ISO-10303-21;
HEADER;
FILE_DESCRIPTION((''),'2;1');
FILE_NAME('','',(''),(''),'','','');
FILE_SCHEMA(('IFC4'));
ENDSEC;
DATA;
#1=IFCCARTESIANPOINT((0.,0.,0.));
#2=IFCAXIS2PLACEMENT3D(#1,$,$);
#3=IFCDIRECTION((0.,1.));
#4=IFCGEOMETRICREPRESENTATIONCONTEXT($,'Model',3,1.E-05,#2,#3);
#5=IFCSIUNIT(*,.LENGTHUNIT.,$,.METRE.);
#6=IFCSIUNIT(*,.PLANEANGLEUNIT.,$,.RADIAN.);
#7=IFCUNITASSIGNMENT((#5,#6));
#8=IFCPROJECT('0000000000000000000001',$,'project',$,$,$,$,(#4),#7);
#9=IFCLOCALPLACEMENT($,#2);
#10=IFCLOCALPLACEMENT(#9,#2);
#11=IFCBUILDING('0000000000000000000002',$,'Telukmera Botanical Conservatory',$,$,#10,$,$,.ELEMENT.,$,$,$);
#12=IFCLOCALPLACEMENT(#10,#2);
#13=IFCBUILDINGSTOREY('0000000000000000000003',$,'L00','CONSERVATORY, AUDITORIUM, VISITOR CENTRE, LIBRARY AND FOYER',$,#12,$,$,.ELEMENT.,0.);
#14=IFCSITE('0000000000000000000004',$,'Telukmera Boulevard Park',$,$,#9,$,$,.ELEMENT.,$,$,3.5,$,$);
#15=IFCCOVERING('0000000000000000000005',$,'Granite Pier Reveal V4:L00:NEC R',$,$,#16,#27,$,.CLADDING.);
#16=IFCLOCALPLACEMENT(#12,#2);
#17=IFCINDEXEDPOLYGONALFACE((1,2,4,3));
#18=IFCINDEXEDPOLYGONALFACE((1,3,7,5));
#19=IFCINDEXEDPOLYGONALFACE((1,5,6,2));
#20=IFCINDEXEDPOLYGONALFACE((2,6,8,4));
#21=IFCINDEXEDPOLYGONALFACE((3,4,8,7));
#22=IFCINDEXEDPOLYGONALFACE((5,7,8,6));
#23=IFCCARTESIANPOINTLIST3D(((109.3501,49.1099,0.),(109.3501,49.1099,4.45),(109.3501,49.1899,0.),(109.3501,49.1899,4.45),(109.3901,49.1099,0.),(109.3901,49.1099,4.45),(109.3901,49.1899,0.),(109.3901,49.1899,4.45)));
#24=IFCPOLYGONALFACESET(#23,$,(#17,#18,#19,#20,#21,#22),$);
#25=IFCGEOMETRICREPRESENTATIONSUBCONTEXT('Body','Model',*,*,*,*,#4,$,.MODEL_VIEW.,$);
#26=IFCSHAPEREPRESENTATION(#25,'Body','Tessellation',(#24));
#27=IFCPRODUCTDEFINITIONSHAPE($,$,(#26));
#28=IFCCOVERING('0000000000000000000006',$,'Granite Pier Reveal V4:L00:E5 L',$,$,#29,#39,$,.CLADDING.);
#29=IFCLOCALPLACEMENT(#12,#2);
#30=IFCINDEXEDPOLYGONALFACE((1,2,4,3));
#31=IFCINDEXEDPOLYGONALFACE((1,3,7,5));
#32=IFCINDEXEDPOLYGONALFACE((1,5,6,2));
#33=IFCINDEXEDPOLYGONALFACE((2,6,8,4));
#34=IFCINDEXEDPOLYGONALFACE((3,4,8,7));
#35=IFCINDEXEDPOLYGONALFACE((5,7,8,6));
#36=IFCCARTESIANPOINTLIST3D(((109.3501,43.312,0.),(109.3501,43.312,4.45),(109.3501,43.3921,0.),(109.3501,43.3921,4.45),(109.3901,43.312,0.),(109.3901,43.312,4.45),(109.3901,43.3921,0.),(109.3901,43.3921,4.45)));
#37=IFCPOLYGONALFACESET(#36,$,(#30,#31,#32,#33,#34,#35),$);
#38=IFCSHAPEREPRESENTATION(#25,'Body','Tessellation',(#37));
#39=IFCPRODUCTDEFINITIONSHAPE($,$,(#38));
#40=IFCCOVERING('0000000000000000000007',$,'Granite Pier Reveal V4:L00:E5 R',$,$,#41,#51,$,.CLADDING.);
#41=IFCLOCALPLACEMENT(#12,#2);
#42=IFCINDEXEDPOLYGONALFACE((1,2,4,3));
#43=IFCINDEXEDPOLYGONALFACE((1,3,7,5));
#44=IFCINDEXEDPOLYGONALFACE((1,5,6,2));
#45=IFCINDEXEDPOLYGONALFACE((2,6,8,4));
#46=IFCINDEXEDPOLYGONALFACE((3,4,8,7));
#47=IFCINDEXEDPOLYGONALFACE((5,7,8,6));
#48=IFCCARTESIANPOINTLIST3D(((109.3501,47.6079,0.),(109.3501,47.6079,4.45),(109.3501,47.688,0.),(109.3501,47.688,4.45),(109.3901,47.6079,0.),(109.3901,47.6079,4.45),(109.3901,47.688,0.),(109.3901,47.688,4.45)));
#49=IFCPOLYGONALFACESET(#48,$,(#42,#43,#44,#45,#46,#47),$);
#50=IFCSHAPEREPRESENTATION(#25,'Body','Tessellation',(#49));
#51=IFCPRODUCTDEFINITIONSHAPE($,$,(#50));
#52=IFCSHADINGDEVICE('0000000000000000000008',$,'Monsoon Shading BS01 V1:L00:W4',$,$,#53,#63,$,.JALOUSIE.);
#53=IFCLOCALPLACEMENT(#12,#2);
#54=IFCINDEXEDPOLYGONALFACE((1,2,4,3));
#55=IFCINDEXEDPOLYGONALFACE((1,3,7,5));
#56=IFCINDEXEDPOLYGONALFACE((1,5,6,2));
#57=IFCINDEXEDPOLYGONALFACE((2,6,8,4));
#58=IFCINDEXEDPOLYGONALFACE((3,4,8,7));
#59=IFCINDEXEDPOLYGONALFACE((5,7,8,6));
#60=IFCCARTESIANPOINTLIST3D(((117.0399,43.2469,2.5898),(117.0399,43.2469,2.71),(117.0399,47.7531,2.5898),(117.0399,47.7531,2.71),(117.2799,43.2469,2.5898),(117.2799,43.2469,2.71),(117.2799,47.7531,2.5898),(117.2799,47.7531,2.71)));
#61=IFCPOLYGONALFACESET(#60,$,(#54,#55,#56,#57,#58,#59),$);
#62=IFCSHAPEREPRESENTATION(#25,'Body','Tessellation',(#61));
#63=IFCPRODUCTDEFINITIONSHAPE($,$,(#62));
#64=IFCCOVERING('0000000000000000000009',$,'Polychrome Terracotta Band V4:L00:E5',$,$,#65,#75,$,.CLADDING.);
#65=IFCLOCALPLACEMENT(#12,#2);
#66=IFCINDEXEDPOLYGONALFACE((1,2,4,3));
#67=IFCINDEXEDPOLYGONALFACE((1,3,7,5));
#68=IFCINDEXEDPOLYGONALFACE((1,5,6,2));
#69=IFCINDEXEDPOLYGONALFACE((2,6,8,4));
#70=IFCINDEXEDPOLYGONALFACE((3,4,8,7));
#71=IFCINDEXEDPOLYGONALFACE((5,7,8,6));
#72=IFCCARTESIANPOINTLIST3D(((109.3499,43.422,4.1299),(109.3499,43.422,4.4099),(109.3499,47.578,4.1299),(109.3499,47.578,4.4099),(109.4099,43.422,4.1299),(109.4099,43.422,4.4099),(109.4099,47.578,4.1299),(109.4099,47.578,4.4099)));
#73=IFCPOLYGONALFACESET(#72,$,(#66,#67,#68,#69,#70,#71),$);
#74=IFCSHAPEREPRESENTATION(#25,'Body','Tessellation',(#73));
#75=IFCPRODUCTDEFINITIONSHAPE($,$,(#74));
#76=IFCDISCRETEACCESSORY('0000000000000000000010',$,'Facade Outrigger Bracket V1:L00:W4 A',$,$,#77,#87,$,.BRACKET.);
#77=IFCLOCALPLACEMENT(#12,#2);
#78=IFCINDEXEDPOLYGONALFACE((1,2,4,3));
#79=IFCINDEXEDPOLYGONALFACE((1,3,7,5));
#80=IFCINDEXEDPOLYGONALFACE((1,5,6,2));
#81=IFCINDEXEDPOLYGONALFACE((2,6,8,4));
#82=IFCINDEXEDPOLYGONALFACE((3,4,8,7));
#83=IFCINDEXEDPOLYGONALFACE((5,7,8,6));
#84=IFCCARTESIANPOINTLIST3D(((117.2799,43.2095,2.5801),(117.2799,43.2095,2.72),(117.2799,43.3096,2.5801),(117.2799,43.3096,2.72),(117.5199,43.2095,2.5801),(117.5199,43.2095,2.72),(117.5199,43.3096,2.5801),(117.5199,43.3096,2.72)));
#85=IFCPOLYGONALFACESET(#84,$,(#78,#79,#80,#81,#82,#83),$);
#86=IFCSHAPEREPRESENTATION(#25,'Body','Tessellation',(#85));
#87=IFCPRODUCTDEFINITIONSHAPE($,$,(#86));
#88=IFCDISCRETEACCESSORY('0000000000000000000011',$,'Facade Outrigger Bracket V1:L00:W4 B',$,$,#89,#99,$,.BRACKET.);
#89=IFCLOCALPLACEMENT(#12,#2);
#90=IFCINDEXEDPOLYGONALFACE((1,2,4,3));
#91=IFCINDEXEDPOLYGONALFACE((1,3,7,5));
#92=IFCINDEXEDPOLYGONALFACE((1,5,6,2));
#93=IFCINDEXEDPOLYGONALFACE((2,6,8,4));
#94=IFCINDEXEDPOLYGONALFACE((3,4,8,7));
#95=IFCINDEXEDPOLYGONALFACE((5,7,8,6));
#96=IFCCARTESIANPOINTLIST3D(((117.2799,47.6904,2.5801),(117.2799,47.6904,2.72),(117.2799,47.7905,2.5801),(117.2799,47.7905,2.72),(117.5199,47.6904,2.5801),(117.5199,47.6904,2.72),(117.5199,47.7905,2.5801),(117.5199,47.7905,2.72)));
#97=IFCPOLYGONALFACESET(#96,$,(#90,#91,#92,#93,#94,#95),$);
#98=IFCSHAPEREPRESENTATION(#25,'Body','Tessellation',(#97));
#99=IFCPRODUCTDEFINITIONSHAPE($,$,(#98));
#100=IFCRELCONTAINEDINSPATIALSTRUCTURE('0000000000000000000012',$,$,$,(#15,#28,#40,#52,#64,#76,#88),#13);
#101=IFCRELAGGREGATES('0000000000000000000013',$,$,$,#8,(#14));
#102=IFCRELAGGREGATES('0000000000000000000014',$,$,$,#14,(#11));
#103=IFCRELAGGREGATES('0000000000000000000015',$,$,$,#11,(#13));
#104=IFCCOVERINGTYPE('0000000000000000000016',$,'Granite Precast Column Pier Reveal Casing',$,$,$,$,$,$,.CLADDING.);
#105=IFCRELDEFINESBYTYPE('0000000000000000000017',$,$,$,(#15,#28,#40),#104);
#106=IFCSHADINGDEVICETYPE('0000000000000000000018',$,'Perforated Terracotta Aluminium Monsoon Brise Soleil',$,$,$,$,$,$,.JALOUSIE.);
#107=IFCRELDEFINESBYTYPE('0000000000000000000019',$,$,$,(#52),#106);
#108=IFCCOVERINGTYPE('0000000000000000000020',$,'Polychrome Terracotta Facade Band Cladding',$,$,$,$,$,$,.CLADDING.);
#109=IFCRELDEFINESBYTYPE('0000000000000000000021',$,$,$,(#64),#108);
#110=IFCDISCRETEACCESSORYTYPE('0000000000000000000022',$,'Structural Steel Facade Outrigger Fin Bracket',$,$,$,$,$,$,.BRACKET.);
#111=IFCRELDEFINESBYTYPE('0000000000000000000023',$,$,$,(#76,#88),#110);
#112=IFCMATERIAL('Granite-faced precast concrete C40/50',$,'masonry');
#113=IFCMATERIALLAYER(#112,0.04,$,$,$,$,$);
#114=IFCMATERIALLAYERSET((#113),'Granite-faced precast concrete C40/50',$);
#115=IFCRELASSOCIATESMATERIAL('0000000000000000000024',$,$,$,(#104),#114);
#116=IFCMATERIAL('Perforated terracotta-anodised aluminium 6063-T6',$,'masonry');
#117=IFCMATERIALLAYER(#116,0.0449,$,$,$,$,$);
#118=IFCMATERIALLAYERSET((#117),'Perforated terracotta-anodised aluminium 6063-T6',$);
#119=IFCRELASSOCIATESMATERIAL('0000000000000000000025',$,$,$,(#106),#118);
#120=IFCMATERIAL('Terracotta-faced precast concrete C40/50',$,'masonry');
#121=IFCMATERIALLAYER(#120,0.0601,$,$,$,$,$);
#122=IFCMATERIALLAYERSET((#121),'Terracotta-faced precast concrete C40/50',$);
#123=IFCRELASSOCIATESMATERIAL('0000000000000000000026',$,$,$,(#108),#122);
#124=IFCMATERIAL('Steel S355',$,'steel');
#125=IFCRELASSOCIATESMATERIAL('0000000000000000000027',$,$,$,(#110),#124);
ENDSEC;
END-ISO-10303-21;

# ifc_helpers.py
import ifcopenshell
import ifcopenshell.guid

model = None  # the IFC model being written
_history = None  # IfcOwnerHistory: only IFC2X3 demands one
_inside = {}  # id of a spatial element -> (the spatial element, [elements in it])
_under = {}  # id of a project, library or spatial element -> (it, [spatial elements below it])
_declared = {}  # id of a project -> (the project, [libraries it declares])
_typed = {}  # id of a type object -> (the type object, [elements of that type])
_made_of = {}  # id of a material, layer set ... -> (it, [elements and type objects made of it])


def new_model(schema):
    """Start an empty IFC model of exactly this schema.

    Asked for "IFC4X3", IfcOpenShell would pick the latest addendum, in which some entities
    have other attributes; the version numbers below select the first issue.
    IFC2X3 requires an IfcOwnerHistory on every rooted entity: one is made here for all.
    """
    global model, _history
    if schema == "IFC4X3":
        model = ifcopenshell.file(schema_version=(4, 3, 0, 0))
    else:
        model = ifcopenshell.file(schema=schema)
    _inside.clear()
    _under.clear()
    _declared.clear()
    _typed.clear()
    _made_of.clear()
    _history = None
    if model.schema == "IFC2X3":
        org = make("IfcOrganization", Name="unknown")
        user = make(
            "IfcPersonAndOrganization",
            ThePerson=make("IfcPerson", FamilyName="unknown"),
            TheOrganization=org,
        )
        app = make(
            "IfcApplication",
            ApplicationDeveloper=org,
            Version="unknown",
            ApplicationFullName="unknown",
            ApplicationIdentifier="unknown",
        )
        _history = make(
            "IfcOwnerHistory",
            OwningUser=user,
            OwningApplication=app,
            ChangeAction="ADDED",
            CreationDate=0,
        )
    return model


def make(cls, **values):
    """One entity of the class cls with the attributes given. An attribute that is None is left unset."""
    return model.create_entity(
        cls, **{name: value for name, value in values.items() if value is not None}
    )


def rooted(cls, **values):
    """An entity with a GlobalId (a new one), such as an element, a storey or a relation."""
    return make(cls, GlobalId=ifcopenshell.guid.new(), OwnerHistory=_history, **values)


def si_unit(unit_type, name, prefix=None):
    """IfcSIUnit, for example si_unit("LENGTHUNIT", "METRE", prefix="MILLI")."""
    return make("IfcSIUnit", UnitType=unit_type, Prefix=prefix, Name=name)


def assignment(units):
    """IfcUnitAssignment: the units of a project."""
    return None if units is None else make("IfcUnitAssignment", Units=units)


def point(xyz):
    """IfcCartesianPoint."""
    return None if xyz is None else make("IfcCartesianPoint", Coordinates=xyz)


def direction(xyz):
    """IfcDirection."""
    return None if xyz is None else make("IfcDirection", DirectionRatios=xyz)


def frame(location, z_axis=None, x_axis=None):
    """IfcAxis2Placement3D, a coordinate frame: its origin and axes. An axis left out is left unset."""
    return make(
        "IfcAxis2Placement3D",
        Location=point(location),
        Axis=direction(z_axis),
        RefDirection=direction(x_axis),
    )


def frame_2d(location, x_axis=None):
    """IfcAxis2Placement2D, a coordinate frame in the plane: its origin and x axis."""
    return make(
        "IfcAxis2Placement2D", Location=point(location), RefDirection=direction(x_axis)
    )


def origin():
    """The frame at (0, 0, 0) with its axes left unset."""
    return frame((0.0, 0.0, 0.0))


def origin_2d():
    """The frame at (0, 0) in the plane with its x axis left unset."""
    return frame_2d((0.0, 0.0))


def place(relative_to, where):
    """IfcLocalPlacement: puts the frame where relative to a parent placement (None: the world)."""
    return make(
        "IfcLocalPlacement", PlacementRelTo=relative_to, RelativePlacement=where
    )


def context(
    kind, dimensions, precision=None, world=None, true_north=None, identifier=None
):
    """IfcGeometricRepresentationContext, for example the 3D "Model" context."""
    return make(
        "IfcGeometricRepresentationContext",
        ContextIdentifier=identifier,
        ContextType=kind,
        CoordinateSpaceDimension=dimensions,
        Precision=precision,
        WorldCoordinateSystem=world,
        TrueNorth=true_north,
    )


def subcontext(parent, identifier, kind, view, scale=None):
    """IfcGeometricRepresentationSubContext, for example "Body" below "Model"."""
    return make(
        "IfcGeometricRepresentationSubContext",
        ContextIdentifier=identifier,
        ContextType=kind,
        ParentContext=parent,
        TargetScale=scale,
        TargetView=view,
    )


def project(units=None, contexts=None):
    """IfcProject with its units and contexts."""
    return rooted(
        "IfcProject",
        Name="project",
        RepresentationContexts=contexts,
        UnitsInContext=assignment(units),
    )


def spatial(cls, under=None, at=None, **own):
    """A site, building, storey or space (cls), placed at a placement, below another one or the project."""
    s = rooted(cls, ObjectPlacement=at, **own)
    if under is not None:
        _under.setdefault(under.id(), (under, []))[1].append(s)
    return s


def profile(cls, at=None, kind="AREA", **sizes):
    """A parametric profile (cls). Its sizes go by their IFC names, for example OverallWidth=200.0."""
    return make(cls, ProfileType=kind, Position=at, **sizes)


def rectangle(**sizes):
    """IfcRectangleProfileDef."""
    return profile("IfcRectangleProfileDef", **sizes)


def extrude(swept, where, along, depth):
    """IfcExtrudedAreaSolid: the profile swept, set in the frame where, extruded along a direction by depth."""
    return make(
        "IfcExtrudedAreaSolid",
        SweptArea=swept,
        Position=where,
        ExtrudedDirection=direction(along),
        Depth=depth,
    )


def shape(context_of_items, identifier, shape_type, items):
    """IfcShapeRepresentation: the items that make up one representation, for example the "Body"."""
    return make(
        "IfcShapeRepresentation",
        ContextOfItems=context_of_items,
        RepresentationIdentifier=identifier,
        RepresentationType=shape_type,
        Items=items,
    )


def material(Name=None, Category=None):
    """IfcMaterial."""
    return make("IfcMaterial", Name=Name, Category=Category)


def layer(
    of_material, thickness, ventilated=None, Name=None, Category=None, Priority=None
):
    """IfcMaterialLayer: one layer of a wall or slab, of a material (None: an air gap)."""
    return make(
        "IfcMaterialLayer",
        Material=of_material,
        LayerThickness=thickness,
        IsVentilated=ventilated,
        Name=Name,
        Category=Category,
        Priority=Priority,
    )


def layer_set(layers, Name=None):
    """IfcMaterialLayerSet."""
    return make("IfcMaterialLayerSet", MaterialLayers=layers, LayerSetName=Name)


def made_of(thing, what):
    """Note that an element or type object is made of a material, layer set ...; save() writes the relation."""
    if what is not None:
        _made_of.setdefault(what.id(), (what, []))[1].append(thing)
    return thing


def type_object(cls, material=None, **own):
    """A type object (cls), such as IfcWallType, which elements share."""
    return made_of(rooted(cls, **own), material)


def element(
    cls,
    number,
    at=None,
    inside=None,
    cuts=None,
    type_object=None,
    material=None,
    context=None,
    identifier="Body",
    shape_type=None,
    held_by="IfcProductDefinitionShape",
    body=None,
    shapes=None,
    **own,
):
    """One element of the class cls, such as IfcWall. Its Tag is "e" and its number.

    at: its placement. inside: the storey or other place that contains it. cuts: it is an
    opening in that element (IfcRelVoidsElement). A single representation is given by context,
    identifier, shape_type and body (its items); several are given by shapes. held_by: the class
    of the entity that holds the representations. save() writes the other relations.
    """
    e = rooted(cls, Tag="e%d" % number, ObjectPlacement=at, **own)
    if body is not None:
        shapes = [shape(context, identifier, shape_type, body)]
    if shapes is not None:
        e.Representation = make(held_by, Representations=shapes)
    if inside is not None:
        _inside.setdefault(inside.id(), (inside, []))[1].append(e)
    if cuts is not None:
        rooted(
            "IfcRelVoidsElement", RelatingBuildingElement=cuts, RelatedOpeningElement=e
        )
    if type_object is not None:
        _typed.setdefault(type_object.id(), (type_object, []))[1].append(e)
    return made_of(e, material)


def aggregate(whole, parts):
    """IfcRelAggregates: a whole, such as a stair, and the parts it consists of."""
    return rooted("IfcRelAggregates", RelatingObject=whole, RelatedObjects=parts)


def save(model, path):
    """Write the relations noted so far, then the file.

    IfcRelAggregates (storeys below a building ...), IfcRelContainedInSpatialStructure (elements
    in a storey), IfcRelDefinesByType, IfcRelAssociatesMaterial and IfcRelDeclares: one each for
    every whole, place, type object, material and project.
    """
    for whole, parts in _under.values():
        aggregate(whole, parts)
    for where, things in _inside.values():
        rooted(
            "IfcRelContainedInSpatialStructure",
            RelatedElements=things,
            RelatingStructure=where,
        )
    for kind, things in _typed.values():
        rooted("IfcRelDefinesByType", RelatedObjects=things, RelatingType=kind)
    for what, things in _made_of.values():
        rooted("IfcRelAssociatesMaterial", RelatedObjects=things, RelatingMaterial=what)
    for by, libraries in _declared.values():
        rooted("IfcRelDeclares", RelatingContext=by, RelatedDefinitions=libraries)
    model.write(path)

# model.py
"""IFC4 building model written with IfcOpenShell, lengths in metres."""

from ifc_helpers import new_model, si_unit, direction, frame, origin, origin_2d, place, context, subcontext, project, spatial, rectangle, extrude, material, layer, layer_set, type_object, element, save


model = new_model("IFC4")

# Units and contexts
model_context = context("Model", 3, precision=1e-05, world=origin(), true_north=direction((0.0, 1.0)))
body_context = subcontext(model_context, "Body", "Model", "MODEL_VIEW")
ifc_project = project(units=[si_unit("LENGTHUNIT", "METRE"), si_unit("PLANEANGLEUNIT", "RADIAN")], contexts=[model_context])

# Site, building, storey
site_placement = place(None, origin())
site = spatial("IfcSite", under=ifc_project, at=site_placement, Name="Telukmera Boulevard Park", CompositionType="ELEMENT", RefElevation=3.5)
building_placement = place(site_placement, origin())
building = spatial("IfcBuilding", under=site, at=building_placement, Name="Telukmera Botanical Conservatory", CompositionType="ELEMENT")
storey_placement = place(building_placement, origin())
storey = spatial("IfcBuildingStorey", under=building, at=storey_placement, Name="L00", Description="CONSERVATORY, AUDITORIUM, VISITOR CENTRE, LIBRARY AND FOYER", CompositionType="ELEMENT", Elevation=0.0)

# Shared definitions
ifc_material_1 = material(Name="Terracotta-faced precast concrete C40/50", Category="masonry")

# Coverings
ifc_material_2 = material(Name="Granite-faced precast concrete C40/50", Category="masonry")
ifc_layer_1 = layer(ifc_material_2, 0.04)
ifc_layer_set_1 = layer_set([ifc_layer_1], Name="Granite-faced precast concrete C40/50")
covering_type_1 = type_object("IfcCoveringType", Name="Granite Precast Column Pier Reveal Casing", PredefinedType="CLADDING", material=ifc_layer_set_1)
for number, where, z_axis, x_axis, name in (
    (1, (109.3701, 49.1499, 0.0), (0.0, 0.0, 1.0), (0.0, 1.0, 0.0), "Granite Pier Reveal V4:L00:NEC R"),
    (2, (109.3701, 43.3521, 0.0), (0.0, 0.0, 1.0), (0.0, 1.0, 0.0), "Granite Pier Reveal V4:L00:E5 L"),
    (3, (109.3701, 47.6479, 0.0), (0.0, 0.0, 1.0), (0.0, 1.0, 0.0), "Granite Pier Reveal V4:L00:E5 R"),
):
    element("IfcCovering", number, at=place(storey_placement, frame(where, z_axis=z_axis, x_axis=x_axis)), inside=storey, type_object=covering_type_1, Name=name, PredefinedType="CLADDING", context=body_context, shape_type="SweptSolid", body=[
        extrude(rectangle(XDim=0.0801, YDim=0.04, at=origin_2d()), origin(), (0.0, 0.0, 1.0), 4.45),
    ])

# Shading device
ifc_material_3 = material(Name="Perforated terracotta-anodised aluminium 6063-T6", Category="masonry")
ifc_layer_2 = layer(ifc_material_3, 0.0449)
ifc_layer_set_2 = layer_set([ifc_layer_2], Name="Perforated terracotta-anodised aluminium 6063-T6")
shading_device_type = type_object("IfcShadingDeviceType", Name="Perforated Terracotta Aluminium Monsoon Brise Soleil", PredefinedType="JALOUSIE", material=ifc_layer_set_2)
shading_device_placement = place(storey_placement, frame((117.1599, 45.5, 2.5898), z_axis=(0.0, 0.0, 1.0), x_axis=(0.0, 1.0, 0.0)))
element("IfcShadingDevice", 4, at=shading_device_placement, inside=storey, type_object=shading_device_type, Name="Monsoon Shading BS01 V1:L00:W4", PredefinedType="JALOUSIE", context=body_context, shape_type="SweptSolid", body=[
    extrude(rectangle(XDim=4.5061, YDim=0.24, at=origin_2d()), origin(), (0.0, 0.0, 1.0), 0.1201),
])

# Covering
ifc_layer_3 = layer(ifc_material_1, 0.0601)
ifc_layer_set_3 = layer_set([ifc_layer_3], Name="Terracotta-faced precast concrete C40/50")
covering_type_2 = type_object("IfcCoveringType", Name="Polychrome Terracotta Facade Band Cladding", PredefinedType="CLADDING", material=ifc_layer_set_3)
covering_placement = place(storey_placement, frame((109.3799, 45.5, 4.1299), z_axis=(0.0, 0.0, 1.0), x_axis=(0.0, 1.0, 0.0)))
element("IfcCovering", 5, at=covering_placement, inside=storey, type_object=covering_type_2, Name="Polychrome Terracotta Band V4:L00:E5", PredefinedType="CLADDING", context=body_context, shape_type="SweptSolid", body=[
    extrude(rectangle(XDim=4.156, YDim=0.0601, at=origin_2d()), origin(), (0.0, 0.0, 1.0), 0.28),
])

# Discrete accessories
ifc_material_4 = material(Name="Steel S355", Category="steel")
discrete_accessory_type = type_object("IfcDiscreteAccessoryType", Name="Structural Steel Facade Outrigger Fin Bracket", PredefinedType="BRACKET", material=ifc_material_4)
for number, where, z_axis, x_axis, name in (
    (6, (117.3999, 43.2595, 2.5801), (0.0, 0.0, 1.0), (0.0, 1.0, 0.0), "Facade Outrigger Bracket V1:L00:W4 A"),
    (7, (117.3999, 47.7405, 2.5801), (0.0, 0.0, 1.0), (0.0, 1.0, 0.0), "Facade Outrigger Bracket V1:L00:W4 B"),
):
    element("IfcDiscreteAccessory", number, at=place(storey_placement, frame(where, z_axis=z_axis, x_axis=x_axis)), inside=storey, type_object=discrete_accessory_type, Name=name, PredefinedType="BRACKET", context=body_context, shape_type="SweptSolid", body=[
        extrude(rectangle(XDim=0.1001, YDim=0.24, at=origin_2d()), origin(), (0.0, 0.0, 1.0), 0.1399),
    ])

save(model, "model.ifc")
